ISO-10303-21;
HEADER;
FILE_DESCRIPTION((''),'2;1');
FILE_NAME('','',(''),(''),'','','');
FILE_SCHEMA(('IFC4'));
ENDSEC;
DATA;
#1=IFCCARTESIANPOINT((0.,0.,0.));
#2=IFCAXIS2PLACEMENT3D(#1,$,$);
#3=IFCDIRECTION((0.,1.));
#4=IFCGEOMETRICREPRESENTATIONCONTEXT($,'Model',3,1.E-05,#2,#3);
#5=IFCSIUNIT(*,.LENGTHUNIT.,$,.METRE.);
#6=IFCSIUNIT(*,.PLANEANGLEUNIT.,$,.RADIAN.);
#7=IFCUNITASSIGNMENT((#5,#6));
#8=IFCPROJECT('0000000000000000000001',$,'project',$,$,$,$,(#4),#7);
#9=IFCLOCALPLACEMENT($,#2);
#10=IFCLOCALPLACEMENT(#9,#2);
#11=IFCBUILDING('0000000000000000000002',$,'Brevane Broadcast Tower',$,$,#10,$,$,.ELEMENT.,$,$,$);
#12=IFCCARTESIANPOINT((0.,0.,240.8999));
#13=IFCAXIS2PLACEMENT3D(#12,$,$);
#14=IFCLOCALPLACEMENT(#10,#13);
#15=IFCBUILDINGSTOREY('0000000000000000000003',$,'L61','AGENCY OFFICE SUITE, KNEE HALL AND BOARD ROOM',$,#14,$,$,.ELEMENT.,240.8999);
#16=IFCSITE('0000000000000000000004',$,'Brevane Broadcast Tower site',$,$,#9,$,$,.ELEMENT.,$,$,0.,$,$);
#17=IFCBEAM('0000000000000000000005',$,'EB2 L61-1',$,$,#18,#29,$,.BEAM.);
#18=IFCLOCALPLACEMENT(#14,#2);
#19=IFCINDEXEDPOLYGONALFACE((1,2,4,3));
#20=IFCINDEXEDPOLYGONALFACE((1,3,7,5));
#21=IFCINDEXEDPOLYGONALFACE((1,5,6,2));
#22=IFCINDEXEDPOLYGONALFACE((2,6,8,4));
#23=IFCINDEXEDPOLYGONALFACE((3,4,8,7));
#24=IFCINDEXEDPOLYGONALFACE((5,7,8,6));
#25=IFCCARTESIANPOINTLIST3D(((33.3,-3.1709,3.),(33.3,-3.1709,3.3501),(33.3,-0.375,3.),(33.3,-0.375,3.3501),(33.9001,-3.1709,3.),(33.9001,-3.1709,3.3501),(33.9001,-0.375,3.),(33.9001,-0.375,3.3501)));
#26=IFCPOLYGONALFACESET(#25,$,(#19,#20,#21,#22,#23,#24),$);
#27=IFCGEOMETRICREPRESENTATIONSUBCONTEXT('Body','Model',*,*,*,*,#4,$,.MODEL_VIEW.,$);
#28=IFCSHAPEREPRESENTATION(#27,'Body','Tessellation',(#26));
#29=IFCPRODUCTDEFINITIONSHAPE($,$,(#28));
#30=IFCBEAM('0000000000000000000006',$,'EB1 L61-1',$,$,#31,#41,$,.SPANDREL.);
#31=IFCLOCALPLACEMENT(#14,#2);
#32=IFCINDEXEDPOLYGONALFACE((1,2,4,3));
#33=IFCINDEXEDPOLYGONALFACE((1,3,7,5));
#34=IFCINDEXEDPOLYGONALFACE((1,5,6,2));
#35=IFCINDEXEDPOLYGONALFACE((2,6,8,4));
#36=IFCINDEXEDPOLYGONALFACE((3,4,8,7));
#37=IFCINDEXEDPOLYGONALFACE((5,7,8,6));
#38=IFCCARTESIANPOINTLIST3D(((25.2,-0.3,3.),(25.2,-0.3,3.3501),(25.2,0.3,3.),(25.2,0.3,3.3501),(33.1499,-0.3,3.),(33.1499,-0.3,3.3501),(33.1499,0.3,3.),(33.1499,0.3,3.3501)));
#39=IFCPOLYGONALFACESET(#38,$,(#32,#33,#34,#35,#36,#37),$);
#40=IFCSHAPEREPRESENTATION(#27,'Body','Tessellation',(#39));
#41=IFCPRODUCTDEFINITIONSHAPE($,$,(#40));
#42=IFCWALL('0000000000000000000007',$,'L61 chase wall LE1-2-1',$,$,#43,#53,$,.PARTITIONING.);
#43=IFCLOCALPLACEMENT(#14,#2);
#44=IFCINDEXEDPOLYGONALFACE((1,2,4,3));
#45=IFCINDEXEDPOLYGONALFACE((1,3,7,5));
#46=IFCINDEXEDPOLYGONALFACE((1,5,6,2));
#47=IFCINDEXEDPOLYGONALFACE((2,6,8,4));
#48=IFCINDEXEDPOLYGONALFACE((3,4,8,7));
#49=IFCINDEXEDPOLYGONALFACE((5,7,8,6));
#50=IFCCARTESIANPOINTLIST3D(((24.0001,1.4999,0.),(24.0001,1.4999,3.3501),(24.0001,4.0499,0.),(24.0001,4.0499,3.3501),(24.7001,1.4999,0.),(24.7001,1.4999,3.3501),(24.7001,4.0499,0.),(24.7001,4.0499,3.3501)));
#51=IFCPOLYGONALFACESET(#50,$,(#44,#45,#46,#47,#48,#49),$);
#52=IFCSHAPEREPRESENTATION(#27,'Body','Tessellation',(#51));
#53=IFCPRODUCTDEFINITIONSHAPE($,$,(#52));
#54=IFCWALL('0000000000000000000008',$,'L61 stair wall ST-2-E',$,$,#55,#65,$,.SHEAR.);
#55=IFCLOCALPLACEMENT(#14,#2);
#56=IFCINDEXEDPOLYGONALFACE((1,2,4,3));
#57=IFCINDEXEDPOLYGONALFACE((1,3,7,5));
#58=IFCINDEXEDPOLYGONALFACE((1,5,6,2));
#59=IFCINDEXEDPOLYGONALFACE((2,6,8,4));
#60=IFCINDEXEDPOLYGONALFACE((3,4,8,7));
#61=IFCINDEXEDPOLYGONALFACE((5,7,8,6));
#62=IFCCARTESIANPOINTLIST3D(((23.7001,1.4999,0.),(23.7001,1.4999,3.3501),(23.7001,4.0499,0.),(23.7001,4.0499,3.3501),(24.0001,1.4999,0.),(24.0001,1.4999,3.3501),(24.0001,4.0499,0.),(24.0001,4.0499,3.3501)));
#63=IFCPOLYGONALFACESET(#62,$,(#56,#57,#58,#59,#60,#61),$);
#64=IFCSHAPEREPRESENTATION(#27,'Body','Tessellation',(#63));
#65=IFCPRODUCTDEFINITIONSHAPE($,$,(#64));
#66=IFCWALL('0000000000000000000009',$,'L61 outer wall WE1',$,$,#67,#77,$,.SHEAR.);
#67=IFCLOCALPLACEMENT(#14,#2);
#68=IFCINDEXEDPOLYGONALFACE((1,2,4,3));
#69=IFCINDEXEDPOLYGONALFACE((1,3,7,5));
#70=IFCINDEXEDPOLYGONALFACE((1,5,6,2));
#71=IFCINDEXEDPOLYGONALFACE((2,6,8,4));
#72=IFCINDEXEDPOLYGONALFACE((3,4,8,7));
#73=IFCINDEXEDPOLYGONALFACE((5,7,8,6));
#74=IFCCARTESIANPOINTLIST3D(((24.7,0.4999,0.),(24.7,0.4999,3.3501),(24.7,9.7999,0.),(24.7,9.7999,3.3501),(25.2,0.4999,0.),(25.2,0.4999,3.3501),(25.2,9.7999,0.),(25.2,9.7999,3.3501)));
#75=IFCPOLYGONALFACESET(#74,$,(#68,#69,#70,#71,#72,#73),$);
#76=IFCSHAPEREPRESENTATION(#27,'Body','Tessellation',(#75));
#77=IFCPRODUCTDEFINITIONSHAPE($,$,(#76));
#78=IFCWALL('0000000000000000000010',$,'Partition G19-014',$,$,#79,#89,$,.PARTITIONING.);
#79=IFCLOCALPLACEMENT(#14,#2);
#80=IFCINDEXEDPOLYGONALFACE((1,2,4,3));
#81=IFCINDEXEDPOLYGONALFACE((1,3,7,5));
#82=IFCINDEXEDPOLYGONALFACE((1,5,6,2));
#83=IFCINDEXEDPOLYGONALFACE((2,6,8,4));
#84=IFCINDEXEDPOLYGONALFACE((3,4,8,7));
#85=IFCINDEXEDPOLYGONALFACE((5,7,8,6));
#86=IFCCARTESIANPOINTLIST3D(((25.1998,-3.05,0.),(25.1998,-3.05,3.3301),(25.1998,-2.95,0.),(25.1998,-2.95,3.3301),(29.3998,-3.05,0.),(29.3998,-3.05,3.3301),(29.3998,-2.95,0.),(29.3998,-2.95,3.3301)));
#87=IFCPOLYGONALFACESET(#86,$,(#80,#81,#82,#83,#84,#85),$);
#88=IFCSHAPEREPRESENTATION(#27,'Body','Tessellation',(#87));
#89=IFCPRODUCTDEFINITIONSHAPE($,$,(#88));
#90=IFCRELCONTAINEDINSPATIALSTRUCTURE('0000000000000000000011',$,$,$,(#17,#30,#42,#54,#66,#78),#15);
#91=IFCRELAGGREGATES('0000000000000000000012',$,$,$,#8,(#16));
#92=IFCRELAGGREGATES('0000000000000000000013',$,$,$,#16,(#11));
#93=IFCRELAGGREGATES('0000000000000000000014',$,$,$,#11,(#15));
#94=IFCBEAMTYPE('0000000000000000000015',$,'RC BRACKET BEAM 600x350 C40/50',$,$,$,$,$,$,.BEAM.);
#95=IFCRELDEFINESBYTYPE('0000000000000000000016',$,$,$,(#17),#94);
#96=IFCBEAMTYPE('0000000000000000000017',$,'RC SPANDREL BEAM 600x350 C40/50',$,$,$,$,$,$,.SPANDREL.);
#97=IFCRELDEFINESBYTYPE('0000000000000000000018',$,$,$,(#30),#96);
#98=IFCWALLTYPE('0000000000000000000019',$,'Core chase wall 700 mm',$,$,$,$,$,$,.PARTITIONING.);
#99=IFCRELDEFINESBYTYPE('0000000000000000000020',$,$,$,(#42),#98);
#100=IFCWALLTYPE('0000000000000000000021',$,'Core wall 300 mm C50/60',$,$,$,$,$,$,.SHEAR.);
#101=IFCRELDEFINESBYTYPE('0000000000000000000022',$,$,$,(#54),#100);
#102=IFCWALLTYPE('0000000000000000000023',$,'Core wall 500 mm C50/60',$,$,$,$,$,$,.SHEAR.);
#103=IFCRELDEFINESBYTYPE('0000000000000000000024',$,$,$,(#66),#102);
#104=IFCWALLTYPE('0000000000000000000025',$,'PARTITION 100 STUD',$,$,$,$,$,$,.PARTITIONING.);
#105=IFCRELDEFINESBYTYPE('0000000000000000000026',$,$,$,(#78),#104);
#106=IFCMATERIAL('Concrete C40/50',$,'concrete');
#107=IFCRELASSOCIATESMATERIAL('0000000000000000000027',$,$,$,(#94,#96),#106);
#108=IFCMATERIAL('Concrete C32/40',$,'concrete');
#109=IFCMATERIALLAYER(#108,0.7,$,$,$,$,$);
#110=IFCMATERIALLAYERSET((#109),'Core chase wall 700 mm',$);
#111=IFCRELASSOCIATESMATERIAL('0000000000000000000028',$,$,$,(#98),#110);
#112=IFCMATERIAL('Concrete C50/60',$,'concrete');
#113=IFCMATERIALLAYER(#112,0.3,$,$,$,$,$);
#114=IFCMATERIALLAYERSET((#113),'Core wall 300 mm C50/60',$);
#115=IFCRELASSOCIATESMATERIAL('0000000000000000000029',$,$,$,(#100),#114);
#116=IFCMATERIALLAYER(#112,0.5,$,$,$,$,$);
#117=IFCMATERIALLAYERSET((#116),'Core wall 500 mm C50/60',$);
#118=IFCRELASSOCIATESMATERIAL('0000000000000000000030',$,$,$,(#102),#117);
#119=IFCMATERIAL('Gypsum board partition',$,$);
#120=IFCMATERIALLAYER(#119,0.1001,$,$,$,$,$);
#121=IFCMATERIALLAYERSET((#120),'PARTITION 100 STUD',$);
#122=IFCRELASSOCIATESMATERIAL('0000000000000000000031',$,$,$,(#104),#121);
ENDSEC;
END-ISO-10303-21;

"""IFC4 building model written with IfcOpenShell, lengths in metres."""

from ifc_helpers import new_model, si_unit, direction, frame, frame_2d, origin, origin_2d, place, context, subcontext, project, spatial, rectangle, extrude, material, layer, layer_set, material_profile, profile_set, type_object, element, save


model = new_model("IFC4")

# Units and contexts
model_context = context("Model", 3, precision=1e-05, world=origin(), true_north=direction((0.0, 1.0)))
body_context = subcontext(model_context, "Body", "Model", "MODEL_VIEW")
ifc_project = project(units=[si_unit("LENGTHUNIT", "METRE"), si_unit("PLANEANGLEUNIT", "RADIAN")], contexts=[model_context])

# Site, building, storey
site_placement = place(None, origin())
site = spatial("IfcSite", under=ifc_project, at=site_placement, Name="Brevane Broadcast Tower site", CompositionType="ELEMENT", RefElevation=0.0)
building_placement = place(site_placement, origin())
building = spatial("IfcBuilding", under=site, at=building_placement, Name="Brevane Broadcast Tower", CompositionType="ELEMENT")
storey_placement = place(building_placement, frame((0.0, 0.0, 240.8999)))
storey = spatial("IfcBuildingStorey", under=building, at=storey_placement, Name="L61", Description="AGENCY OFFICE SUITE, KNEE HALL AND BOARD ROOM", CompositionType="ELEMENT", Elevation=240.8999)

# Shared definitions
ifc_material_1 = material(Name="Concrete C50/60", Category="concrete")

# Beams
ifc_material_2 = material(Name="Concrete C40/50", Category="concrete")
ifc_material_profile_1 = material_profile(ifc_material_2, rectangle(XDim=0.6001, YDim=0.3501, at=origin_2d()), Name="RC 600x350")
ifc_profile_set_1 = profile_set([ifc_material_profile_1], Name="Concrete C40/50")
beam_type_1 = type_object("IfcBeamType", Name="RC BRACKET BEAM 600x350 C40/50", PredefinedType="BEAM", material=ifc_profile_set_1)
beam_1_placement = place(storey_placement, frame((33.6001, -0.375, 3.175), z_axis=(0.0, -1.0, 0.0), x_axis=(1.0, 0.0, 0.0)))
element("IfcBeam", 1, at=beam_1_placement, inside=storey, type_object=beam_type_1, Name="EB2 L61-1", PredefinedType="BEAM", context=body_context, shape_type="SweptSolid", body=[
    extrude(rectangle(XDim=0.6001, YDim=0.3501, at=origin_2d()), origin(), (0.0, 0.0, 1.0), 2.7959),
])
ifc_material_profile_2 = material_profile(ifc_material_2, rectangle(XDim=0.6001, YDim=0.3501, at=origin_2d()), Name="RC 600x350")
ifc_profile_set_2 = profile_set([ifc_material_profile_2], Name="Concrete C40/50")
beam_type_2 = type_object("IfcBeamType", Name="RC SPANDREL BEAM 600x350 C40/50", PredefinedType="SPANDREL", material=ifc_profile_set_2)
beam_2_placement = place(storey_placement, frame((25.2, 0.0, 3.175), z_axis=(1.0, 0.0, 0.0), x_axis=(0.0, 1.0, 0.0)))
element("IfcBeam", 2, at=beam_2_placement, inside=storey, type_object=beam_type_2, Name="EB1 L61-1", PredefinedType="SPANDREL", context=body_context, shape_type="SweptSolid", body=[
    extrude(rectangle(XDim=0.6001, YDim=0.3501, at=origin_2d()), origin(), (0.0, 0.0, 1.0), 7.95),
])

# Walls
ifc_material_3 = material(Name="Concrete C32/40", Category="concrete")
ifc_layer_1 = layer(ifc_material_3, 0.7)
ifc_layer_set_1 = layer_set([ifc_layer_1], Name="Core chase wall 700 mm")
wall_type_1 = type_object("IfcWallType", Name="Core chase wall 700 mm", PredefinedType="PARTITIONING", material=ifc_layer_set_1)
wall_1_placement = place(storey_placement, frame((24.3501, 1.5, 0.0), z_axis=(0.0, 0.0, 1.0), x_axis=(0.0, 1.0, 0.0)))
element("IfcWall", 3, at=wall_1_placement, inside=storey, type_object=wall_type_1, Name="L61 chase wall LE1-2-1", PredefinedType="PARTITIONING", context=body_context, shape_type="SweptSolid", body=[
    extrude(rectangle(XDim=2.55, YDim=0.7, at=frame_2d((1.2749, 0.0))), origin(), (0.0, 0.0, 1.0), 3.3501),
])
ifc_layer_2 = layer(ifc_material_1, 0.3)
ifc_layer_set_2 = layer_set([ifc_layer_2], Name="Core wall 300 mm C50/60")
wall_type_2 = type_object("IfcWallType", Name="Core wall 300 mm C50/60", PredefinedType="SHEAR", material=ifc_layer_set_2)
wall_2_placement = place(storey_placement, frame((23.8501, 1.5, 0.0), z_axis=(0.0, 0.0, 1.0), x_axis=(0.0, 1.0, 0.0)))
element("IfcWall", 4, at=wall_2_placement, inside=storey, type_object=wall_type_2, Name="L61 stair wall ST-2-E", PredefinedType="SHEAR", context=body_context, shape_type="SweptSolid", body=[
    extrude(rectangle(XDim=2.55, YDim=0.3, at=frame_2d((1.2749, 0.0))), origin(), (0.0, 0.0, 1.0), 3.3501),
])
ifc_layer_3 = layer(ifc_material_1, 0.5)
ifc_layer_set_3 = layer_set([ifc_layer_3], Name="Core wall 500 mm C50/60")
wall_type_3 = type_object("IfcWallType", Name="Core wall 500 mm C50/60", PredefinedType="SHEAR", material=ifc_layer_set_3)
wall_3_placement = place(storey_placement, frame((24.95, 0.5, 0.0), z_axis=(0.0, 0.0, 1.0), x_axis=(0.0, 1.0, 0.0)))
element("IfcWall", 5, at=wall_3_placement, inside=storey, type_object=wall_type_3, Name="L61 outer wall WE1", PredefinedType="SHEAR", context=body_context, shape_type="SweptSolid", body=[
    extrude(rectangle(XDim=9.3, YDim=0.5, at=frame_2d((4.6499, 0.0))), origin(), (0.0, 0.0, 1.0), 3.3501),
])
ifc_material_4 = material(Name="Gypsum board partition")
ifc_layer_4 = layer(ifc_material_4, 0.1001)
ifc_layer_set_4 = layer_set([ifc_layer_4], Name="PARTITION 100 STUD")
wall_type_4 = type_object("IfcWallType", Name="PARTITION 100 STUD", PredefinedType="PARTITIONING", material=ifc_layer_set_4)
wall_4_placement = place(storey_placement, frame((29.3999, -3.0, 0.0), z_axis=(0.0, 0.0, 1.0), x_axis=(-1.0, 0.0, 0.0)))
element("IfcWall", 6, at=wall_4_placement, inside=storey, type_object=wall_type_4, Name="Partition G19-014", PredefinedType="PARTITIONING", context=body_context, shape_type="SweptSolid", body=[
    extrude(rectangle(XDim=4.2, YDim=0.1001, at=frame_2d((2.1001, 0.0))), origin(), (0.0, 0.0, 1.0), 3.3301),
])

save(model, "model.ifc")
